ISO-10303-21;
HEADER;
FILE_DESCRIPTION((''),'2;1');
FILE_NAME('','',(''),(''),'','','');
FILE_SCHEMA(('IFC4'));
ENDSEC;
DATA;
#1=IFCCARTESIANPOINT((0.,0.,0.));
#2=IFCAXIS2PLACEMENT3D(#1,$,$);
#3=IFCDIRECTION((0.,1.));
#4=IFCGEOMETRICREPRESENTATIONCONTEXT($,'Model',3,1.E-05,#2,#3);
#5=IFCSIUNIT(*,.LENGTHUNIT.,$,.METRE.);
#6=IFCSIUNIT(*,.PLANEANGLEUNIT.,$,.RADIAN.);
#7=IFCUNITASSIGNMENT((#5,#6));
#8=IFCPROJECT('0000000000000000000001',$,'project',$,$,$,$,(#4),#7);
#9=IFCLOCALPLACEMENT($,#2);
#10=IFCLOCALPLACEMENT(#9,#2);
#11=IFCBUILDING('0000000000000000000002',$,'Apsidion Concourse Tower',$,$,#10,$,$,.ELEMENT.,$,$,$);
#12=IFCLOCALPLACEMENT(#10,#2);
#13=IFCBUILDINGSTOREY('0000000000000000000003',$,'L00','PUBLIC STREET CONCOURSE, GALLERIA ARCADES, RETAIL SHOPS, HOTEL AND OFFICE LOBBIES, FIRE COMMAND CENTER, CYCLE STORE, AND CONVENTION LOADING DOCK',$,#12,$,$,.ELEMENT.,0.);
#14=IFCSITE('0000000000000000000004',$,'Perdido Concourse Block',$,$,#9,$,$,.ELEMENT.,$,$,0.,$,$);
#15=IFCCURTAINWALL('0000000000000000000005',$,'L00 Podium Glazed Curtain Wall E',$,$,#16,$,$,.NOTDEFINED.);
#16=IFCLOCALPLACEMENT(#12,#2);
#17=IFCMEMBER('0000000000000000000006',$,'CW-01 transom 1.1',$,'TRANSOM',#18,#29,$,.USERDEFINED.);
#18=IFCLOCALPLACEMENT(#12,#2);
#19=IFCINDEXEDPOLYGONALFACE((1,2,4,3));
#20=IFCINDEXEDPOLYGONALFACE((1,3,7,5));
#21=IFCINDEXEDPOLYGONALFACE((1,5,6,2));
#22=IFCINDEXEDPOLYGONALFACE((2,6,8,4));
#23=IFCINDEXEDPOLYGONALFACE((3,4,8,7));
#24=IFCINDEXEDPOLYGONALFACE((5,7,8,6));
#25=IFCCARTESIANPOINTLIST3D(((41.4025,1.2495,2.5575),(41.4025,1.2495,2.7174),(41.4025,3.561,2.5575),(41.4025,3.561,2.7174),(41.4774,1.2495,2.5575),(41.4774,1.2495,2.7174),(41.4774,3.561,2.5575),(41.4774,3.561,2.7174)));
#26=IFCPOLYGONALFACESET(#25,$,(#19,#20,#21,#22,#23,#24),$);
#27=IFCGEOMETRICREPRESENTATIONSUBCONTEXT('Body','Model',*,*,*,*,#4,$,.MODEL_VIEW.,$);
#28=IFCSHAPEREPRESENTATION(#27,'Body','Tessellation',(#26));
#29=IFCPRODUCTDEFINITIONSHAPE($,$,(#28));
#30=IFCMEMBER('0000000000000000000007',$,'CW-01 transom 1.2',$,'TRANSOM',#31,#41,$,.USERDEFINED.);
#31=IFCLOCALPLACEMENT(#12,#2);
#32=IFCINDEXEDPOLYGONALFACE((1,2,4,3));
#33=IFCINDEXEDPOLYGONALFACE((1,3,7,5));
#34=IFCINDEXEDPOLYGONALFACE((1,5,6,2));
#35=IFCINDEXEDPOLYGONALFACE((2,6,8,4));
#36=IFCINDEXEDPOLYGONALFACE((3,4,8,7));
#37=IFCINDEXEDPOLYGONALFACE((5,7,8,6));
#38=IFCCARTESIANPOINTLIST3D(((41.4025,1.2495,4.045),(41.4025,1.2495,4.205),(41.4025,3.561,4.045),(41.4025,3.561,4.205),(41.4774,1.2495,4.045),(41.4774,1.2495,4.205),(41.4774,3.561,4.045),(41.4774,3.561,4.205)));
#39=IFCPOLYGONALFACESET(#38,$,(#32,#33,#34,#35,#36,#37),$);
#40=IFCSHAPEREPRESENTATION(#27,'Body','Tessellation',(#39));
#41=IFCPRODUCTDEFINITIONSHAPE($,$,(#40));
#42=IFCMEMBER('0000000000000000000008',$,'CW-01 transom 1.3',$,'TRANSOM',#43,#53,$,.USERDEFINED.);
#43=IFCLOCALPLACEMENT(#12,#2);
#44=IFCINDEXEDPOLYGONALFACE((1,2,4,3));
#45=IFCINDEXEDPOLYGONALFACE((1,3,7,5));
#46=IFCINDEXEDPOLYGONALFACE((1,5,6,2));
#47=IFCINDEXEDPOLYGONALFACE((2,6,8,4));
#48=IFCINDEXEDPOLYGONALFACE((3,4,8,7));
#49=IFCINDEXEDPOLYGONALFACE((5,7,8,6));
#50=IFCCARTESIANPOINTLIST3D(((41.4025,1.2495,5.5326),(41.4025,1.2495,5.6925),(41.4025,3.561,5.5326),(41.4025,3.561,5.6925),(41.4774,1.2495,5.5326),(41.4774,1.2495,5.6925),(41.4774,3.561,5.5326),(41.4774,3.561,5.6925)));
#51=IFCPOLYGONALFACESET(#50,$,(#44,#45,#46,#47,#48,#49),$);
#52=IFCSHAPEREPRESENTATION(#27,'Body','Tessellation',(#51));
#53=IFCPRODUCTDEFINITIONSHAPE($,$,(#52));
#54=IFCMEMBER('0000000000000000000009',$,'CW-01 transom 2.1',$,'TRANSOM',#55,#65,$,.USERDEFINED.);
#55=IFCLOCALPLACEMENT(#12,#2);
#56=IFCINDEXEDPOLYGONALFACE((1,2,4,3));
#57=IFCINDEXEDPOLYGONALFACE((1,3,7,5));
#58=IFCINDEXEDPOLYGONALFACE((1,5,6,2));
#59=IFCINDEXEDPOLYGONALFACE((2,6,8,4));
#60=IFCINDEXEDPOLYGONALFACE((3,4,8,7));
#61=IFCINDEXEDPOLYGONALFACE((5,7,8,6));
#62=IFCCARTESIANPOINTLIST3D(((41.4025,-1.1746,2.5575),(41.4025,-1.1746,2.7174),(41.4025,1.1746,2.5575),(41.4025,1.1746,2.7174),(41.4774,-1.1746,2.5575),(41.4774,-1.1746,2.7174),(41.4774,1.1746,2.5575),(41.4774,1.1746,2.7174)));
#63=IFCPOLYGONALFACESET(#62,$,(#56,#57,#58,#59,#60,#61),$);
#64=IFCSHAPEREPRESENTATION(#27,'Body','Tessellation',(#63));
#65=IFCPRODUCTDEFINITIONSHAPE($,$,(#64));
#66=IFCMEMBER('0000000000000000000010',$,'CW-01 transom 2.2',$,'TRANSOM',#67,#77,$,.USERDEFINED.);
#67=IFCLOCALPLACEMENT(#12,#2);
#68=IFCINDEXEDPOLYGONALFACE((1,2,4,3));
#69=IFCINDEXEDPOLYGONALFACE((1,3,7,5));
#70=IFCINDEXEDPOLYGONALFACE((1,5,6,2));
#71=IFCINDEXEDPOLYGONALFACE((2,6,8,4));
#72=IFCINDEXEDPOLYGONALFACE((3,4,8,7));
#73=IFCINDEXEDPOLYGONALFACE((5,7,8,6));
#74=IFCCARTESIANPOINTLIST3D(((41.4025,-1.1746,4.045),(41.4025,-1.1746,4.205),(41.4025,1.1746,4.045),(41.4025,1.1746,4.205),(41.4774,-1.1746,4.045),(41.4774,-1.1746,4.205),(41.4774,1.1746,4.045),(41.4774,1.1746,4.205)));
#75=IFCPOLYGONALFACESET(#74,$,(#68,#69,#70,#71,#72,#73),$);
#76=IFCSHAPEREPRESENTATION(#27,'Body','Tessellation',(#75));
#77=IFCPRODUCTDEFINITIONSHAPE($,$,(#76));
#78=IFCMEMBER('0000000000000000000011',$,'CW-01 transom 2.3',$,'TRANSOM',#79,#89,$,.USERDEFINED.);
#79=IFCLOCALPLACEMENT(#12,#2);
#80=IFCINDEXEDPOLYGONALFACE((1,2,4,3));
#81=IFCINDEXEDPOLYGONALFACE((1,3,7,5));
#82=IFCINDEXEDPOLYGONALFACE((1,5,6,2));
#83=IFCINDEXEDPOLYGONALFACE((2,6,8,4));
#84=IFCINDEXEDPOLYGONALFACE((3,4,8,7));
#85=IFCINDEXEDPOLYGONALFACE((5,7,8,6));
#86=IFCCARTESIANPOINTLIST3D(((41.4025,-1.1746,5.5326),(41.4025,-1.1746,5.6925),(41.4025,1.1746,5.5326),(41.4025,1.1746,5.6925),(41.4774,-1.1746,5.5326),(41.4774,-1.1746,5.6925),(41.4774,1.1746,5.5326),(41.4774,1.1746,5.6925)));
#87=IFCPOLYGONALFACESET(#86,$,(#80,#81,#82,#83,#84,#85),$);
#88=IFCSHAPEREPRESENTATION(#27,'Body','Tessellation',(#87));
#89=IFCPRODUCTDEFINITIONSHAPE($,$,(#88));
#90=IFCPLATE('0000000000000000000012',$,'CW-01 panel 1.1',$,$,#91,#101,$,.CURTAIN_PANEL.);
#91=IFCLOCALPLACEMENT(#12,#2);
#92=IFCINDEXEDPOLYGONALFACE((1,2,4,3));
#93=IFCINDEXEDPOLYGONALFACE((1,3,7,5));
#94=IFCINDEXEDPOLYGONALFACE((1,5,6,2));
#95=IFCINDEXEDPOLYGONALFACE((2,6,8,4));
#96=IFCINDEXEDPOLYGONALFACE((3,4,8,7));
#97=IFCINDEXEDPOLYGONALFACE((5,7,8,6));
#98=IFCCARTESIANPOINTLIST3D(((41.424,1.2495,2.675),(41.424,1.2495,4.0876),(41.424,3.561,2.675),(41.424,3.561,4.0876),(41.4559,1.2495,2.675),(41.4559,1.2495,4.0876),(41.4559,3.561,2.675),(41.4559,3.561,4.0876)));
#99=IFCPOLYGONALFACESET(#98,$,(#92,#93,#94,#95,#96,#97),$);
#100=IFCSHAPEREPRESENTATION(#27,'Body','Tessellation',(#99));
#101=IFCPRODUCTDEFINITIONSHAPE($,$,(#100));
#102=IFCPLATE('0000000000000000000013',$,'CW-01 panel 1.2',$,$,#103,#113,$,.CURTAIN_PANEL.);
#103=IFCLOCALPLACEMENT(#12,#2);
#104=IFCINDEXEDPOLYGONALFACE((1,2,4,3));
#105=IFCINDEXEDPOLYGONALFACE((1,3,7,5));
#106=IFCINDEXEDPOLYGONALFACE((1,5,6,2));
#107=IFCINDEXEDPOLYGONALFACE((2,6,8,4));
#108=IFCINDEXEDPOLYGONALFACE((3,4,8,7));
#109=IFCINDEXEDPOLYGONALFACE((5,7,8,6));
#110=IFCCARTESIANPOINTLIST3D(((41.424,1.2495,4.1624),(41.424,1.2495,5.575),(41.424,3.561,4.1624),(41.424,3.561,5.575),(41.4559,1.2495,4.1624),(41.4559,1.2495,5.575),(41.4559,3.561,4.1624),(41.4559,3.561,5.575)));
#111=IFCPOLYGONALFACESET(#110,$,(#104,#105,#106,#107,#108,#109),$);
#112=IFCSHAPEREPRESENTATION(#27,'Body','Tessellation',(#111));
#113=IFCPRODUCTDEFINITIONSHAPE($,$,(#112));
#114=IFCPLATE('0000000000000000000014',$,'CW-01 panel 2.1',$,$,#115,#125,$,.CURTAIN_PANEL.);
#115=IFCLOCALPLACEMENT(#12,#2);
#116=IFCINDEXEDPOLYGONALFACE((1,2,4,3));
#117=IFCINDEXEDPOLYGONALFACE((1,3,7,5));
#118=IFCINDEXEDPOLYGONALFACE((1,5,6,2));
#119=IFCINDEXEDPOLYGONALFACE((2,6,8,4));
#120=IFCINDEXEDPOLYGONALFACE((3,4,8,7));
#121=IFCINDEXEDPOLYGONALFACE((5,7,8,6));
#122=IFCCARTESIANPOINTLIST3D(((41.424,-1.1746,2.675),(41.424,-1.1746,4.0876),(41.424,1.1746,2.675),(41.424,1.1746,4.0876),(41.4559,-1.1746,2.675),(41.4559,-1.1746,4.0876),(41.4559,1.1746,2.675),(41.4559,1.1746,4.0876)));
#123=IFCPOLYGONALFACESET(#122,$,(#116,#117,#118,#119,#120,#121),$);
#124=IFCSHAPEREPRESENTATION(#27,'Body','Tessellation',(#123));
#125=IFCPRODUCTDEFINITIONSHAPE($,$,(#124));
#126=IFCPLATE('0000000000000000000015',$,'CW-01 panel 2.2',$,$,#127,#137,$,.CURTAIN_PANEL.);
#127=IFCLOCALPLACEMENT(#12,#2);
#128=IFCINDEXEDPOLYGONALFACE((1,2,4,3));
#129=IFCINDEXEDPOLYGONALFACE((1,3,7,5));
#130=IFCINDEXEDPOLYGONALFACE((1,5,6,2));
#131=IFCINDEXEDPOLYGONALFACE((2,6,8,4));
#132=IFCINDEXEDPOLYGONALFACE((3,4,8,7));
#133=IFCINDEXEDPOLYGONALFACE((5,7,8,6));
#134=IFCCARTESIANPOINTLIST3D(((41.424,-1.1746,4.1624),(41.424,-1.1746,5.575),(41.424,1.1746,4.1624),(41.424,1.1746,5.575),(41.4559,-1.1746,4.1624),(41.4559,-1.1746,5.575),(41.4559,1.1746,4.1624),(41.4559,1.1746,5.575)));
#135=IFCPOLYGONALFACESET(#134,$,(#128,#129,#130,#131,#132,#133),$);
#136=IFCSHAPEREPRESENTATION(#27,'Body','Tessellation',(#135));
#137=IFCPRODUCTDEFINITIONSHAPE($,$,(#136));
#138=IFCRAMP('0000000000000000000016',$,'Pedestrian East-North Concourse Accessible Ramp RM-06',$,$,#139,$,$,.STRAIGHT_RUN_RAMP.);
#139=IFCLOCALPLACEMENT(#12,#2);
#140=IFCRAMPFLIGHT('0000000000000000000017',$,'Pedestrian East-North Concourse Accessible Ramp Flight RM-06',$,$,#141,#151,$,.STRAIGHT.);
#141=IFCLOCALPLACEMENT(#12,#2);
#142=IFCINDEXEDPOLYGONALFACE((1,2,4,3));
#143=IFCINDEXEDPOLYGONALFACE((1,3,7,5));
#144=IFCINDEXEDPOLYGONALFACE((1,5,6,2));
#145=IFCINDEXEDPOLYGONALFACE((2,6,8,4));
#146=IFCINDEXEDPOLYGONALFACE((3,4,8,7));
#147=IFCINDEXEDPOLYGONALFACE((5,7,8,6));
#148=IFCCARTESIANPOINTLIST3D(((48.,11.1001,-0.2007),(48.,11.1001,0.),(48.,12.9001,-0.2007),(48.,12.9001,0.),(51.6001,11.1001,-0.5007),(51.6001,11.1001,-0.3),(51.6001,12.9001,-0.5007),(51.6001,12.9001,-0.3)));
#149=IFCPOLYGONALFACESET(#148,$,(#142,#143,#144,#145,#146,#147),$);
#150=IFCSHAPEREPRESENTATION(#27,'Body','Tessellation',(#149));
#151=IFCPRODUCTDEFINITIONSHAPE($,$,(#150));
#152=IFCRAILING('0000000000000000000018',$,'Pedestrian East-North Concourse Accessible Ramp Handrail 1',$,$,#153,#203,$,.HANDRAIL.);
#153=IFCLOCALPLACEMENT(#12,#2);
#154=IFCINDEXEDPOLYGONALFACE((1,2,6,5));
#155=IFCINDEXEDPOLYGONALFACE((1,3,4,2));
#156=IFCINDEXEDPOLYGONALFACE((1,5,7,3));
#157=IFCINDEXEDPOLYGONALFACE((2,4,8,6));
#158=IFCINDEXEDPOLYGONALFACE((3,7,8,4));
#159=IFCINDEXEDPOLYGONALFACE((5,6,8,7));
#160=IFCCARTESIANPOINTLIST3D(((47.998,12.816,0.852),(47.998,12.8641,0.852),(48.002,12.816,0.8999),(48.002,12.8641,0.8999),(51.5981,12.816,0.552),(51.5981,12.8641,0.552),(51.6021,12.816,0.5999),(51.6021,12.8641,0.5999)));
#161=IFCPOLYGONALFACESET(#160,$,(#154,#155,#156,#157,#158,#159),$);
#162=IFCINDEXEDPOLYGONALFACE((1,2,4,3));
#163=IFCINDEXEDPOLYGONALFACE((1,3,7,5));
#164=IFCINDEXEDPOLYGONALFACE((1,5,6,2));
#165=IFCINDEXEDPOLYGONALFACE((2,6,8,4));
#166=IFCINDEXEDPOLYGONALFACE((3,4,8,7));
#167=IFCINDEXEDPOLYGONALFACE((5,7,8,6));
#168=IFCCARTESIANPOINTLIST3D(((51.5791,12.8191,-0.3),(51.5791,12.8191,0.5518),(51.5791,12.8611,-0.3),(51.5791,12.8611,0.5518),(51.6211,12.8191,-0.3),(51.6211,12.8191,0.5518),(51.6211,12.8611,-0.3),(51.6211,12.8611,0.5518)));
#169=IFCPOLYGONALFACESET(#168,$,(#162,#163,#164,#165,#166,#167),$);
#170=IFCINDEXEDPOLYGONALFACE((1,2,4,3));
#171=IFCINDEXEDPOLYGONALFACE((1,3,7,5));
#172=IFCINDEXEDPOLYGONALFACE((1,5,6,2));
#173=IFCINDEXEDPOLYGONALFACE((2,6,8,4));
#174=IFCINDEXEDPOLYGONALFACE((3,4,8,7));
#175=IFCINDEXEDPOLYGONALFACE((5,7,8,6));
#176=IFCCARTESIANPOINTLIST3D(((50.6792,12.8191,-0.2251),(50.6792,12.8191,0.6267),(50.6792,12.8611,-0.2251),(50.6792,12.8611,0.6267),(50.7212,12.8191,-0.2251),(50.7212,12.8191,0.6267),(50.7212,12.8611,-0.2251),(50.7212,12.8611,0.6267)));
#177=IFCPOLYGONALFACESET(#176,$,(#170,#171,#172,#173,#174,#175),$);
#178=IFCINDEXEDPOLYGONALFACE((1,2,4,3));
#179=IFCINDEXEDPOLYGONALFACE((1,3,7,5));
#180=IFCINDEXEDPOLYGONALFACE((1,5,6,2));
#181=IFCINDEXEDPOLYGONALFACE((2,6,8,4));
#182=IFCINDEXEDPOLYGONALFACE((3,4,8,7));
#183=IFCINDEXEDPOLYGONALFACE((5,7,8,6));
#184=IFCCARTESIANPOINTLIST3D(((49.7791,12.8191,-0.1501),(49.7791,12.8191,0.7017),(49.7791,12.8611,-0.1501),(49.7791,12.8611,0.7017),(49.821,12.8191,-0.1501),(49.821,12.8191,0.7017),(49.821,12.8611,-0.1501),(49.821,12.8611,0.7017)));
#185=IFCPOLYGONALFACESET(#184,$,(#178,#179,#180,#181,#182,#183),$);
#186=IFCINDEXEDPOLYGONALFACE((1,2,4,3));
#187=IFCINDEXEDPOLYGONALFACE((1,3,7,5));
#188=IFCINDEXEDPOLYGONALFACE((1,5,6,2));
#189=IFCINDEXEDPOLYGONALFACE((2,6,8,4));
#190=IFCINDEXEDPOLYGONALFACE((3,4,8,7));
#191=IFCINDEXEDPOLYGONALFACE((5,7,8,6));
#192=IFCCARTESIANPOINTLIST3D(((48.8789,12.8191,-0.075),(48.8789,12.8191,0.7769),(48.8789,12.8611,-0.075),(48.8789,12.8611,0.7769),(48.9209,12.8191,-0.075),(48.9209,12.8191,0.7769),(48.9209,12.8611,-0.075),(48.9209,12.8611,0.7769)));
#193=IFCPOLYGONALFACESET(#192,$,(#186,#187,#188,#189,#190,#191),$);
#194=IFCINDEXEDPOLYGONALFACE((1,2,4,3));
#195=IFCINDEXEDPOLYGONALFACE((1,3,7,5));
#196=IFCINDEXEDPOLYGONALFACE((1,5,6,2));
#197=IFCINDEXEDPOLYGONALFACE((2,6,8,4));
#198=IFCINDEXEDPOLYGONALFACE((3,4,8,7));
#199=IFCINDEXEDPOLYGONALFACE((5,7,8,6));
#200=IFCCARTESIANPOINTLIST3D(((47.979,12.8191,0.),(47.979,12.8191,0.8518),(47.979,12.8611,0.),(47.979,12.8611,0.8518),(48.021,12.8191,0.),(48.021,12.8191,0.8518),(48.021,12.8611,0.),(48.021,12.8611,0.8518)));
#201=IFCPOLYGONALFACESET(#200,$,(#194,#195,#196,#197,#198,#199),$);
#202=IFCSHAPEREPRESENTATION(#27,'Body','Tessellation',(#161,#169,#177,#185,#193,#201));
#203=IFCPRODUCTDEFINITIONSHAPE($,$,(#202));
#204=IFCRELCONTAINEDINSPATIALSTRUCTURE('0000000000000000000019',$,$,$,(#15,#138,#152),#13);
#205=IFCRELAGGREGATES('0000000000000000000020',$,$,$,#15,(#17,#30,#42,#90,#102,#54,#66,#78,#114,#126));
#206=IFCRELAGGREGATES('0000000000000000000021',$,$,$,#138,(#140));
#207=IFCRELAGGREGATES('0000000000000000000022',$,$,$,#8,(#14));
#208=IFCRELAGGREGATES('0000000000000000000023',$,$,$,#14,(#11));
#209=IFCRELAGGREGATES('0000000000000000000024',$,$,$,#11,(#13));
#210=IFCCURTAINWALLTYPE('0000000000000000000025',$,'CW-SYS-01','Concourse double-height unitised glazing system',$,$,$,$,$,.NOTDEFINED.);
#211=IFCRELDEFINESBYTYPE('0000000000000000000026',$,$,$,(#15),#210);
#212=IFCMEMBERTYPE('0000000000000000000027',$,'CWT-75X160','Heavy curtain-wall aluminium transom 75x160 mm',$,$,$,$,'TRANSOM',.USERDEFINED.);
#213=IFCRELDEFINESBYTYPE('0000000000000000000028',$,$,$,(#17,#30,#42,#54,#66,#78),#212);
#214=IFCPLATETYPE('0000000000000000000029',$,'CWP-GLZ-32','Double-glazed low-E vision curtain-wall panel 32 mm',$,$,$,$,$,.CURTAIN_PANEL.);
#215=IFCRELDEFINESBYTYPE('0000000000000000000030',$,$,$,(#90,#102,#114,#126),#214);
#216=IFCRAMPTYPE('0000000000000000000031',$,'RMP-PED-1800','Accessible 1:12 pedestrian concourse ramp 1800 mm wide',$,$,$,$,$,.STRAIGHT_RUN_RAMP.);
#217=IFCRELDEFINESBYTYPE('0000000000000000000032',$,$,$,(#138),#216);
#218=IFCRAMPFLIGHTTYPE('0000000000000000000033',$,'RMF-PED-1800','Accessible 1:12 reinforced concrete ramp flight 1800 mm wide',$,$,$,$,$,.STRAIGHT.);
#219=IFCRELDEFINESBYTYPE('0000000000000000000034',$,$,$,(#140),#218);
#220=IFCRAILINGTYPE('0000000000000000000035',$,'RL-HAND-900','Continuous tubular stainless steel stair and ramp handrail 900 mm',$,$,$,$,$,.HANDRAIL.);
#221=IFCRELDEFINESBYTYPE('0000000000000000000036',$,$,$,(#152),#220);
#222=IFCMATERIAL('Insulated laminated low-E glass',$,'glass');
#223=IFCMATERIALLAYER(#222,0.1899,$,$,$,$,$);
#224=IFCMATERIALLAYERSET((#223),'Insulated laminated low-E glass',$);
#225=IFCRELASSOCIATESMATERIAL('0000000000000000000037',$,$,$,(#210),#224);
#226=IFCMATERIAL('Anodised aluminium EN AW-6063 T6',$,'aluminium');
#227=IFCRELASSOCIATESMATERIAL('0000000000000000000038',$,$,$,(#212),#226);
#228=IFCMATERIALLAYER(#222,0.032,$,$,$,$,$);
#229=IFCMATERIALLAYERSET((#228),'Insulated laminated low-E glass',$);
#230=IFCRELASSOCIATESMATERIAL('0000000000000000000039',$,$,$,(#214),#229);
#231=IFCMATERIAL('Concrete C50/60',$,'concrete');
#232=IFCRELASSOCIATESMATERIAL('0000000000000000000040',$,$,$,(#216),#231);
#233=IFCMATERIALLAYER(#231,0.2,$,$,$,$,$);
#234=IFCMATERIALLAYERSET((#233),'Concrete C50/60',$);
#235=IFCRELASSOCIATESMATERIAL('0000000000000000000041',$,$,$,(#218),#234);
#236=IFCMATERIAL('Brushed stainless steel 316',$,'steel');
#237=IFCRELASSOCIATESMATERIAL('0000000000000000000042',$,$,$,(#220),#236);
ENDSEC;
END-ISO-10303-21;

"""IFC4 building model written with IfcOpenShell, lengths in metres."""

from ifc_helpers import new_model, si_unit, direction, frame, origin, origin_2d, place, context, subcontext, project, spatial, polyline, rectangle, outline, extrude, material, layer, layer_set, material_profile, profile_set, type_object, element, aggregate, save


model = new_model("IFC4")

# Units and contexts
model_context = context("Model", 3, precision=1e-05, world=origin(), true_north=direction((0.0, 1.0)))
body_context = subcontext(model_context, "Body", "Model", "MODEL_VIEW")
ifc_project = project(units=[si_unit("LENGTHUNIT", "METRE"), si_unit("PLANEANGLEUNIT", "RADIAN")], contexts=[model_context])

# Site, building, storey
site_placement = place(None, origin())
site = spatial("IfcSite", under=ifc_project, at=site_placement, Name="Perdido Concourse Block", CompositionType="ELEMENT", RefElevation=0.0)
building_placement = place(site_placement, origin())
building = spatial("IfcBuilding", under=site, at=building_placement, Name="Apsidion Concourse Tower", CompositionType="ELEMENT")
storey_placement = place(building_placement, origin())
storey = spatial("IfcBuildingStorey", under=building, at=storey_placement, Name="L00", Description="PUBLIC STREET CONCOURSE, GALLERIA ARCADES, RETAIL SHOPS, HOTEL AND OFFICE LOBBIES, FIRE COMMAND CENTER, CYCLE STORE, AND CONVENTION LOADING DOCK", CompositionType="ELEMENT", Elevation=0.0)

# Shared definitions
ifc_material_1 = material(Name="Concrete C50/60", Category="concrete")

# Curtain wall, members, plates
ifc_material_2 = material(Name="Insulated laminated low-E glass", Category="glass")
ifc_layer_1 = layer(ifc_material_2, 0.1899)
ifc_layer_set_1 = layer_set([ifc_layer_1], Name="Insulated laminated low-E glass")
curtain_wall_type = type_object("IfcCurtainWallType", Name="CW-SYS-01", Description="Concourse double-height unitised glazing system", PredefinedType="NOTDEFINED", material=ifc_layer_set_1)
curtain_wall_placement = place(storey_placement, origin())
curtain_wall = element("IfcCurtainWall", 1, at=curtain_wall_placement, inside=storey, type_object=curtain_wall_type, Name="L00 Podium Glazed Curtain Wall E", PredefinedType="NOTDEFINED")
ifc_material_3 = material(Name="Anodised aluminium EN AW-6063 T6", Category="aluminium")
ifc_material_profile_1 = material_profile(ifc_material_3, rectangle(XDim=0.075, YDim=0.1599, at=origin_2d()), Name="ALU TRANSOM 75x160")
ifc_profile_set_1 = profile_set([ifc_material_profile_1], Name="Anodised aluminium EN AW-6063 T6")
member_type_1 = type_object("IfcMemberType", Name="CWT-75X160", Description="Heavy curtain-wall aluminium transom 75x160 mm", ElementType="TRANSOM", PredefinedType="USERDEFINED", material=ifc_profile_set_1)
member_1_placement = place(storey_placement, frame((41.4399, 3.561, 2.6375), z_axis=(0.0, -1.0, 0.0), x_axis=(1.0, 0.0, 0.0)))
member_1 = element("IfcMember", 2, at=member_1_placement, type_object=member_type_1, Name="CW-01 transom 1.1", ObjectType="TRANSOM", PredefinedType="USERDEFINED", context=body_context, shape_type="SweptSolid", body=[
    extrude(rectangle(XDim=0.075, YDim=0.1599, at=origin_2d()), origin(), (0.0, 0.0, 1.0), 2.3115),
])
member_2_placement = place(storey_placement, frame((41.4399, 3.561, 4.125), z_axis=(0.0, -1.0, 0.0), x_axis=(1.0, 0.0, 0.0)))
member_2 = element("IfcMember", 3, at=member_2_placement, type_object=member_type_1, Name="CW-01 transom 1.2", ObjectType="TRANSOM", PredefinedType="USERDEFINED", context=body_context, shape_type="SweptSolid", body=[
    extrude(rectangle(XDim=0.075, YDim=0.1599, at=origin_2d()), origin(), (0.0, 0.0, 1.0), 2.3115),
])
member_3_placement = place(storey_placement, frame((41.4399, 3.561, 5.6125), z_axis=(0.0, -1.0, 0.0), x_axis=(1.0, 0.0, 0.0)))
member_3 = element("IfcMember", 4, at=member_3_placement, type_object=member_type_1, Name="CW-01 transom 1.3", ObjectType="TRANSOM", PredefinedType="USERDEFINED", context=body_context, shape_type="SweptSolid", body=[
    extrude(rectangle(XDim=0.075, YDim=0.1599, at=origin_2d()), origin(), (0.0, 0.0, 1.0), 2.3115),
])
member_4_placement = place(storey_placement, frame((41.4399, 1.1746, 2.6375), z_axis=(0.0, -1.0, 0.0), x_axis=(1.0, 0.0, 0.0)))
member_4 = element("IfcMember", 5, at=member_4_placement, type_object=member_type_1, Name="CW-01 transom 2.1", ObjectType="TRANSOM", PredefinedType="USERDEFINED", context=body_context, shape_type="SweptSolid", body=[
    extrude(rectangle(XDim=0.075, YDim=0.1599, at=origin_2d()), origin(), (0.0, 0.0, 1.0), 2.3491),
])
member_5_placement = place(storey_placement, frame((41.4399, 1.1746, 4.125), z_axis=(0.0, -1.0, 0.0), x_axis=(1.0, 0.0, 0.0)))
member_5 = element("IfcMember", 6, at=member_5_placement, type_object=member_type_1, Name="CW-01 transom 2.2", ObjectType="TRANSOM", PredefinedType="USERDEFINED", context=body_context, shape_type="SweptSolid", body=[
    extrude(rectangle(XDim=0.075, YDim=0.1599, at=origin_2d()), origin(), (0.0, 0.0, 1.0), 2.3491),
])
member_6_placement = place(storey_placement, frame((41.4399, 1.1746, 5.6125), z_axis=(0.0, -1.0, 0.0), x_axis=(1.0, 0.0, 0.0)))
member_6 = element("IfcMember", 7, at=member_6_placement, type_object=member_type_1, Name="CW-01 transom 2.3", ObjectType="TRANSOM", PredefinedType="USERDEFINED", context=body_context, shape_type="SweptSolid", body=[
    extrude(rectangle(XDim=0.075, YDim=0.1599, at=origin_2d()), origin(), (0.0, 0.0, 1.0), 2.3491),
])
ifc_layer_2 = layer(ifc_material_2, 0.032)
ifc_layer_set_2 = layer_set([ifc_layer_2], Name="Insulated laminated low-E glass")
plate_type = type_object("IfcPlateType", Name="CWP-GLZ-32", Description="Double-glazed low-E vision curtain-wall panel 32 mm", PredefinedType="CURTAIN_PANEL", material=ifc_layer_set_2)
plate_1_placement = place(storey_placement, frame((41.4399, 2.4053, 2.675), z_axis=(0.0, 0.0, 1.0), x_axis=(0.0, -1.0, 0.0)))
plate_1 = element("IfcPlate", 8, at=plate_1_placement, type_object=plate_type, Name="CW-01 panel 1.1", PredefinedType="CURTAIN_PANEL", context=body_context, shape_type="SweptSolid", body=[
    extrude(rectangle(XDim=2.3115, YDim=0.032, at=origin_2d()), origin(), (0.0, 0.0, 1.0), 1.4126),
])
plate_2_placement = place(storey_placement, frame((41.4399, 2.4053, 4.1624), z_axis=(0.0, 0.0, 1.0), x_axis=(0.0, -1.0, 0.0)))
plate_2 = element("IfcPlate", 9, at=plate_2_placement, type_object=plate_type, Name="CW-01 panel 1.2", PredefinedType="CURTAIN_PANEL", context=body_context, shape_type="SweptSolid", body=[
    extrude(rectangle(XDim=2.3115, YDim=0.032, at=origin_2d()), origin(), (0.0, 0.0, 1.0), 1.4126),
])
plate_3_placement = place(storey_placement, frame((41.4399, 0.0, 2.675), z_axis=(0.0, 0.0, 1.0), x_axis=(0.0, -1.0, 0.0)))
plate_3 = element("IfcPlate", 10, at=plate_3_placement, type_object=plate_type, Name="CW-01 panel 2.1", PredefinedType="CURTAIN_PANEL", context=body_context, shape_type="SweptSolid", body=[
    extrude(rectangle(XDim=2.3491, YDim=0.032, at=origin_2d()), origin(), (0.0, 0.0, 1.0), 1.4126),
])
plate_4_placement = place(storey_placement, frame((41.4399, 0.0, 4.1624), z_axis=(0.0, 0.0, 1.0), x_axis=(0.0, -1.0, 0.0)))
plate_4 = element("IfcPlate", 11, at=plate_4_placement, type_object=plate_type, Name="CW-01 panel 2.2", PredefinedType="CURTAIN_PANEL", context=body_context, shape_type="SweptSolid", body=[
    extrude(rectangle(XDim=2.3491, YDim=0.032, at=origin_2d()), origin(), (0.0, 0.0, 1.0), 1.4126),
])
aggregate(curtain_wall, [member_1, member_2, member_3, plate_1, plate_2, member_4, member_5, member_6, plate_3, plate_4])

# Ramp, ramp flight
ramp_type = type_object("IfcRampType", Name="RMP-PED-1800", Description="Accessible 1:12 pedestrian concourse ramp 1800 mm wide", PredefinedType="STRAIGHT_RUN_RAMP", material=ifc_material_1)
ramp_placement = place(storey_placement, origin())
ramp = element("IfcRamp", 12, at=ramp_placement, inside=storey, type_object=ramp_type, Name="Pedestrian East-North Concourse Accessible Ramp RM-06", PredefinedType="STRAIGHT_RUN_RAMP")
ifc_layer_3 = layer(ifc_material_1, 0.2)
ifc_layer_set_3 = layer_set([ifc_layer_3], Name="Concrete C50/60")
ramp_flight_type = type_object("IfcRampFlightType", Name="RMF-PED-1800", Description="Accessible 1:12 reinforced concrete ramp flight 1800 mm wide", PredefinedType="STRAIGHT", material=ifc_layer_set_3)
ramp_flight_placement = place(storey_placement, frame((51.6001, 12.0, -0.3), z_axis=(0.0, 0.0, 1.0), x_axis=(-1.0, 0.0, 0.0)))
ramp_flight = element("IfcRampFlight", 13, at=ramp_flight_placement, type_object=ramp_flight_type, Name="Pedestrian East-North Concourse Accessible Ramp Flight RM-06", PredefinedType="STRAIGHT", context=body_context, shape_type="SweptSolid", body=[
    extrude(outline(polyline([(0.0, 0.0), (3.6001, 0.3), (3.6001, 0.0994), (0.0, -0.2007), (0.0, 0.0)])), frame((0.0, 0.8999, 0.0), z_axis=(0.0, -1.0, 0.0), x_axis=(1.0, 0.0, 0.0)), (0.0, 0.0, 1.0), 1.8),
])
aggregate(ramp, [ramp_flight])

# Railing
ifc_material_4 = material(Name="Brushed stainless steel 316", Category="steel")
railing_type = type_object("IfcRailingType", Name="RL-HAND-900", Description="Continuous tubular stainless steel stair and ramp handrail 900 mm", PredefinedType="HANDRAIL", material=ifc_material_4)
for number, where, name in (
    (14, (51.6001, 12.8401, -0.3), "Pedestrian East-North Concourse Accessible Ramp Handrail 1"),
):
    element("IfcRailing", number, at=place(storey_placement, frame(where)), inside=storey, type_object=railing_type, Name=name, PredefinedType="HANDRAIL", context=body_context, shape_type="SweptSolid", body=[
        extrude(rectangle(XDim=0.0481, YDim=0.0481, at=origin_2d()), frame((0.0, 0.0, 0.876), z_axis=(-0.996545, 0.0, 0.083057), x_axis=(0.0, -1.0, 0.0)), (0.0, 0.0, 1.0), 3.6125),
        extrude(rectangle(XDim=0.042, YDim=0.042, at=origin_2d()), origin(), (0.0, 0.0, 1.0), 0.8518),
        extrude(rectangle(XDim=0.042, YDim=0.042, at=origin_2d()), frame((-0.8999, 0.0, 0.075)), (0.0, 0.0, 1.0), 0.8518),
        extrude(rectangle(XDim=0.042, YDim=0.042, at=origin_2d()), frame((-1.8, 0.0, 0.1499)), (0.0, 0.0, 1.0), 0.8518),
        extrude(rectangle(XDim=0.042, YDim=0.042, at=origin_2d()), frame((-2.7002, 0.0, 0.2251)), (0.0, 0.0, 1.0), 0.8518),
        extrude(rectangle(XDim=0.042, YDim=0.042, at=origin_2d()), frame((-3.6001, 0.0, 0.3)), (0.0, 0.0, 1.0), 0.8518),
    ])

save(model, "model.ifc")
